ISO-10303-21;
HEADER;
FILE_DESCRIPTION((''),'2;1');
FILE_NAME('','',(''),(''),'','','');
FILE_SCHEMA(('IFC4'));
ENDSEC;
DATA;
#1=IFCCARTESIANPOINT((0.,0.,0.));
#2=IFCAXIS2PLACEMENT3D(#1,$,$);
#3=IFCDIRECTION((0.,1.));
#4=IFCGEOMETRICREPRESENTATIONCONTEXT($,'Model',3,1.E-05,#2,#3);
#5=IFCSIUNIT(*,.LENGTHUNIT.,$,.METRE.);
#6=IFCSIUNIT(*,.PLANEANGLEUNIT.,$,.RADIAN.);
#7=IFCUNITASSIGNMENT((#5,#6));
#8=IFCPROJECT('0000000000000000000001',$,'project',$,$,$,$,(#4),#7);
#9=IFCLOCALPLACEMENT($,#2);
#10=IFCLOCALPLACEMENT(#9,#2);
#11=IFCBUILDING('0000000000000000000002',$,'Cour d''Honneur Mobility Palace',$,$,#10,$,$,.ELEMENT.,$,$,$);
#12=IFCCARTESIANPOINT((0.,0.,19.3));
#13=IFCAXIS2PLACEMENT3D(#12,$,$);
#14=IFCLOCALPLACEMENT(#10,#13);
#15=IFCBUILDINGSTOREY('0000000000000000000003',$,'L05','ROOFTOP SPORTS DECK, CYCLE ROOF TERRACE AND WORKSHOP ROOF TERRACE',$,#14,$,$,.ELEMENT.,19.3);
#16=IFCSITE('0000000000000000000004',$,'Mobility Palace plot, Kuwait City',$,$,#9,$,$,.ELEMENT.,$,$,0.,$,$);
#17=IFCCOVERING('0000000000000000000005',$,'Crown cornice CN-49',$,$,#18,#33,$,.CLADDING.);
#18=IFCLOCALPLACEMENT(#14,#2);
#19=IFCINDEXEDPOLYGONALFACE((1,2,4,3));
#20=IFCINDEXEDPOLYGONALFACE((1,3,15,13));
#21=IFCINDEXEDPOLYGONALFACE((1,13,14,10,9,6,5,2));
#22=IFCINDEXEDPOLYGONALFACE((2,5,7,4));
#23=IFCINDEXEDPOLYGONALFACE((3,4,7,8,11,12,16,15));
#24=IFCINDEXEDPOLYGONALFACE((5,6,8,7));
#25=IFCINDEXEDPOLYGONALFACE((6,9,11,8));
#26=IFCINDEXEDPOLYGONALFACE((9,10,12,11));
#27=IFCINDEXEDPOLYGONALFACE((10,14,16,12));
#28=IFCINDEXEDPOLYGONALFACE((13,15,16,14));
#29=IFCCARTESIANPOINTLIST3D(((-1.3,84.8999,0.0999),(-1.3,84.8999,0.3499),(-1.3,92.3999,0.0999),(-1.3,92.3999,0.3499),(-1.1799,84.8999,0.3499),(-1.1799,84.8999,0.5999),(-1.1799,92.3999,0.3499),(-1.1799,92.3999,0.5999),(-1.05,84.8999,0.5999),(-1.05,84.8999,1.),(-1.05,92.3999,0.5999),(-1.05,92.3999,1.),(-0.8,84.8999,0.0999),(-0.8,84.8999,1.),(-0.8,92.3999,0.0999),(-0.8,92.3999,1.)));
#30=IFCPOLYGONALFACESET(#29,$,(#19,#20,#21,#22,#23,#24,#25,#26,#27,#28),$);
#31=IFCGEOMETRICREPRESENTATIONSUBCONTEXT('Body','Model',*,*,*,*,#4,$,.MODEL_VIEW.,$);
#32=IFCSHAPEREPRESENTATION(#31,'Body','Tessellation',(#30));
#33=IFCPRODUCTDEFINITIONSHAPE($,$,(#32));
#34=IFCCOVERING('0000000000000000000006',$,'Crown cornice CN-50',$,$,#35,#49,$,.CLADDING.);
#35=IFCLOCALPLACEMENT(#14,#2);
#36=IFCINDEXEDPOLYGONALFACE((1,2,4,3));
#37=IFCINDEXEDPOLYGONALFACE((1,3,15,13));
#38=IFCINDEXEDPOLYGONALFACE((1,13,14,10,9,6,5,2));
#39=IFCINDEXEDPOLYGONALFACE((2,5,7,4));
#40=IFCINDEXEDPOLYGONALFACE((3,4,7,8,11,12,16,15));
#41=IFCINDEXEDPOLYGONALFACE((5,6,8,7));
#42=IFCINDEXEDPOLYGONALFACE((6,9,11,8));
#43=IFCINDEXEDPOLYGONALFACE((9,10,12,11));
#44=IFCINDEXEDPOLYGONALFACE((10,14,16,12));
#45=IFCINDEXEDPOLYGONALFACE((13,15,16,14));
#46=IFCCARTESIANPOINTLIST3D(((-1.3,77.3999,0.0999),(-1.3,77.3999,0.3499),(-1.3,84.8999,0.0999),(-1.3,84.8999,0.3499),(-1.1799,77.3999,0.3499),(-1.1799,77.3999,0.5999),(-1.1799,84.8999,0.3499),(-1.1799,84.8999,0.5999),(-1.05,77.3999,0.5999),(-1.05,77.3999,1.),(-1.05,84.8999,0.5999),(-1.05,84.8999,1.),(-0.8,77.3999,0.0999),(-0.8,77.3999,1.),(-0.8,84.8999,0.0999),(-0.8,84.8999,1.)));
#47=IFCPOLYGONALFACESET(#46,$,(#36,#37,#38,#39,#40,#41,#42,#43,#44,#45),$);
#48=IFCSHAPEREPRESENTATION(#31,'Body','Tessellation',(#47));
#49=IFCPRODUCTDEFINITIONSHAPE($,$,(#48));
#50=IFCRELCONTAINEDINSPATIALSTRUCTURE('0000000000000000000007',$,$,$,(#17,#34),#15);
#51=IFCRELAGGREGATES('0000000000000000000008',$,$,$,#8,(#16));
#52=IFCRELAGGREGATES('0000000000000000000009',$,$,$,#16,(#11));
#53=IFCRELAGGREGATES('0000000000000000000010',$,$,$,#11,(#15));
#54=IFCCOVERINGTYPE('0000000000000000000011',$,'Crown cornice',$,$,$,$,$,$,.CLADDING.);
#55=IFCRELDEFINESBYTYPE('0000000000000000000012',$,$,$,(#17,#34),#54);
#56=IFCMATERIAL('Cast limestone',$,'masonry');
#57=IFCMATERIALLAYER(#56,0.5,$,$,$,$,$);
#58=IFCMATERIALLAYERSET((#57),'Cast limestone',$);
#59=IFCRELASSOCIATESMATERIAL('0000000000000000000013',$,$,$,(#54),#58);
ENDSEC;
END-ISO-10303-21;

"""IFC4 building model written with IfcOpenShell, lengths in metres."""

from ifc_helpers import new_model, si_unit, direction, frame, origin, place, context, subcontext, project, spatial, polyline, outline, extrude, material, layer, layer_set, type_object, element, save


model = new_model("IFC4")

# Units and contexts
model_context = context("Model", 3, precision=1e-05, world=origin(), true_north=direction((0.0, 1.0)))
body_context = subcontext(model_context, "Body", "Model", "MODEL_VIEW")
ifc_project = project(units=[si_unit("LENGTHUNIT", "METRE"), si_unit("PLANEANGLEUNIT", "RADIAN")], contexts=[model_context])

# Site, building, storey
site_placement = place(None, origin())
site = spatial("IfcSite", under=ifc_project, at=site_placement, Name="Mobility Palace plot, Kuwait City", CompositionType="ELEMENT", RefElevation=0.0)
building_placement = place(site_placement, origin())
building = spatial("IfcBuilding", under=site, at=building_placement, Name="Cour d'Honneur Mobility Palace", CompositionType="ELEMENT")
storey_placement = place(building_placement, frame((0.0, 0.0, 19.3)))
storey = spatial("IfcBuildingStorey", under=building, at=storey_placement, Name="L05", Description="ROOFTOP SPORTS DECK, CYCLE ROOF TERRACE AND WORKSHOP ROOF TERRACE", CompositionType="ELEMENT", Elevation=19.3)

# Coverings
ifc_material_1 = material(Name="Cast limestone", Category="masonry")
ifc_layer = layer(ifc_material_1, 0.5)
ifc_layer_set = layer_set([ifc_layer], Name="Cast limestone")
covering_type = type_object("IfcCoveringType", Name="Crown cornice", PredefinedType="CLADDING", material=ifc_layer_set)
for number, where, z_axis, x_axis, name in (
    (1, (-0.8, 92.3999, 0.0999), (0.0, 1.0, 0.0), (-1.0, 0.0, 0.0), "Crown cornice CN-49"),
    (2, (-0.8, 84.8999, 0.0999), (0.0, 1.0, 0.0), (-1.0, 0.0, 0.0), "Crown cornice CN-50"),
):
    element("IfcCovering", number, at=place(storey_placement, frame(where, z_axis=z_axis, x_axis=x_axis)), inside=storey, type_object=covering_type, Name=name, PredefinedType="CLADDING", context=body_context, shape_type="SweptSolid", body=[
        extrude(outline(polyline([(0.0, 0.0), (0.5, 0.0), (0.5, 0.25), (0.3799, 0.25), (0.3799, 0.5), (0.25, 0.5), (0.25, 0.9001), (0.0, 0.9001), (0.0, 0.0)])), origin(), (0.0, 0.0, -1.0), 7.5),
    ])

save(model, "model.ifc")
